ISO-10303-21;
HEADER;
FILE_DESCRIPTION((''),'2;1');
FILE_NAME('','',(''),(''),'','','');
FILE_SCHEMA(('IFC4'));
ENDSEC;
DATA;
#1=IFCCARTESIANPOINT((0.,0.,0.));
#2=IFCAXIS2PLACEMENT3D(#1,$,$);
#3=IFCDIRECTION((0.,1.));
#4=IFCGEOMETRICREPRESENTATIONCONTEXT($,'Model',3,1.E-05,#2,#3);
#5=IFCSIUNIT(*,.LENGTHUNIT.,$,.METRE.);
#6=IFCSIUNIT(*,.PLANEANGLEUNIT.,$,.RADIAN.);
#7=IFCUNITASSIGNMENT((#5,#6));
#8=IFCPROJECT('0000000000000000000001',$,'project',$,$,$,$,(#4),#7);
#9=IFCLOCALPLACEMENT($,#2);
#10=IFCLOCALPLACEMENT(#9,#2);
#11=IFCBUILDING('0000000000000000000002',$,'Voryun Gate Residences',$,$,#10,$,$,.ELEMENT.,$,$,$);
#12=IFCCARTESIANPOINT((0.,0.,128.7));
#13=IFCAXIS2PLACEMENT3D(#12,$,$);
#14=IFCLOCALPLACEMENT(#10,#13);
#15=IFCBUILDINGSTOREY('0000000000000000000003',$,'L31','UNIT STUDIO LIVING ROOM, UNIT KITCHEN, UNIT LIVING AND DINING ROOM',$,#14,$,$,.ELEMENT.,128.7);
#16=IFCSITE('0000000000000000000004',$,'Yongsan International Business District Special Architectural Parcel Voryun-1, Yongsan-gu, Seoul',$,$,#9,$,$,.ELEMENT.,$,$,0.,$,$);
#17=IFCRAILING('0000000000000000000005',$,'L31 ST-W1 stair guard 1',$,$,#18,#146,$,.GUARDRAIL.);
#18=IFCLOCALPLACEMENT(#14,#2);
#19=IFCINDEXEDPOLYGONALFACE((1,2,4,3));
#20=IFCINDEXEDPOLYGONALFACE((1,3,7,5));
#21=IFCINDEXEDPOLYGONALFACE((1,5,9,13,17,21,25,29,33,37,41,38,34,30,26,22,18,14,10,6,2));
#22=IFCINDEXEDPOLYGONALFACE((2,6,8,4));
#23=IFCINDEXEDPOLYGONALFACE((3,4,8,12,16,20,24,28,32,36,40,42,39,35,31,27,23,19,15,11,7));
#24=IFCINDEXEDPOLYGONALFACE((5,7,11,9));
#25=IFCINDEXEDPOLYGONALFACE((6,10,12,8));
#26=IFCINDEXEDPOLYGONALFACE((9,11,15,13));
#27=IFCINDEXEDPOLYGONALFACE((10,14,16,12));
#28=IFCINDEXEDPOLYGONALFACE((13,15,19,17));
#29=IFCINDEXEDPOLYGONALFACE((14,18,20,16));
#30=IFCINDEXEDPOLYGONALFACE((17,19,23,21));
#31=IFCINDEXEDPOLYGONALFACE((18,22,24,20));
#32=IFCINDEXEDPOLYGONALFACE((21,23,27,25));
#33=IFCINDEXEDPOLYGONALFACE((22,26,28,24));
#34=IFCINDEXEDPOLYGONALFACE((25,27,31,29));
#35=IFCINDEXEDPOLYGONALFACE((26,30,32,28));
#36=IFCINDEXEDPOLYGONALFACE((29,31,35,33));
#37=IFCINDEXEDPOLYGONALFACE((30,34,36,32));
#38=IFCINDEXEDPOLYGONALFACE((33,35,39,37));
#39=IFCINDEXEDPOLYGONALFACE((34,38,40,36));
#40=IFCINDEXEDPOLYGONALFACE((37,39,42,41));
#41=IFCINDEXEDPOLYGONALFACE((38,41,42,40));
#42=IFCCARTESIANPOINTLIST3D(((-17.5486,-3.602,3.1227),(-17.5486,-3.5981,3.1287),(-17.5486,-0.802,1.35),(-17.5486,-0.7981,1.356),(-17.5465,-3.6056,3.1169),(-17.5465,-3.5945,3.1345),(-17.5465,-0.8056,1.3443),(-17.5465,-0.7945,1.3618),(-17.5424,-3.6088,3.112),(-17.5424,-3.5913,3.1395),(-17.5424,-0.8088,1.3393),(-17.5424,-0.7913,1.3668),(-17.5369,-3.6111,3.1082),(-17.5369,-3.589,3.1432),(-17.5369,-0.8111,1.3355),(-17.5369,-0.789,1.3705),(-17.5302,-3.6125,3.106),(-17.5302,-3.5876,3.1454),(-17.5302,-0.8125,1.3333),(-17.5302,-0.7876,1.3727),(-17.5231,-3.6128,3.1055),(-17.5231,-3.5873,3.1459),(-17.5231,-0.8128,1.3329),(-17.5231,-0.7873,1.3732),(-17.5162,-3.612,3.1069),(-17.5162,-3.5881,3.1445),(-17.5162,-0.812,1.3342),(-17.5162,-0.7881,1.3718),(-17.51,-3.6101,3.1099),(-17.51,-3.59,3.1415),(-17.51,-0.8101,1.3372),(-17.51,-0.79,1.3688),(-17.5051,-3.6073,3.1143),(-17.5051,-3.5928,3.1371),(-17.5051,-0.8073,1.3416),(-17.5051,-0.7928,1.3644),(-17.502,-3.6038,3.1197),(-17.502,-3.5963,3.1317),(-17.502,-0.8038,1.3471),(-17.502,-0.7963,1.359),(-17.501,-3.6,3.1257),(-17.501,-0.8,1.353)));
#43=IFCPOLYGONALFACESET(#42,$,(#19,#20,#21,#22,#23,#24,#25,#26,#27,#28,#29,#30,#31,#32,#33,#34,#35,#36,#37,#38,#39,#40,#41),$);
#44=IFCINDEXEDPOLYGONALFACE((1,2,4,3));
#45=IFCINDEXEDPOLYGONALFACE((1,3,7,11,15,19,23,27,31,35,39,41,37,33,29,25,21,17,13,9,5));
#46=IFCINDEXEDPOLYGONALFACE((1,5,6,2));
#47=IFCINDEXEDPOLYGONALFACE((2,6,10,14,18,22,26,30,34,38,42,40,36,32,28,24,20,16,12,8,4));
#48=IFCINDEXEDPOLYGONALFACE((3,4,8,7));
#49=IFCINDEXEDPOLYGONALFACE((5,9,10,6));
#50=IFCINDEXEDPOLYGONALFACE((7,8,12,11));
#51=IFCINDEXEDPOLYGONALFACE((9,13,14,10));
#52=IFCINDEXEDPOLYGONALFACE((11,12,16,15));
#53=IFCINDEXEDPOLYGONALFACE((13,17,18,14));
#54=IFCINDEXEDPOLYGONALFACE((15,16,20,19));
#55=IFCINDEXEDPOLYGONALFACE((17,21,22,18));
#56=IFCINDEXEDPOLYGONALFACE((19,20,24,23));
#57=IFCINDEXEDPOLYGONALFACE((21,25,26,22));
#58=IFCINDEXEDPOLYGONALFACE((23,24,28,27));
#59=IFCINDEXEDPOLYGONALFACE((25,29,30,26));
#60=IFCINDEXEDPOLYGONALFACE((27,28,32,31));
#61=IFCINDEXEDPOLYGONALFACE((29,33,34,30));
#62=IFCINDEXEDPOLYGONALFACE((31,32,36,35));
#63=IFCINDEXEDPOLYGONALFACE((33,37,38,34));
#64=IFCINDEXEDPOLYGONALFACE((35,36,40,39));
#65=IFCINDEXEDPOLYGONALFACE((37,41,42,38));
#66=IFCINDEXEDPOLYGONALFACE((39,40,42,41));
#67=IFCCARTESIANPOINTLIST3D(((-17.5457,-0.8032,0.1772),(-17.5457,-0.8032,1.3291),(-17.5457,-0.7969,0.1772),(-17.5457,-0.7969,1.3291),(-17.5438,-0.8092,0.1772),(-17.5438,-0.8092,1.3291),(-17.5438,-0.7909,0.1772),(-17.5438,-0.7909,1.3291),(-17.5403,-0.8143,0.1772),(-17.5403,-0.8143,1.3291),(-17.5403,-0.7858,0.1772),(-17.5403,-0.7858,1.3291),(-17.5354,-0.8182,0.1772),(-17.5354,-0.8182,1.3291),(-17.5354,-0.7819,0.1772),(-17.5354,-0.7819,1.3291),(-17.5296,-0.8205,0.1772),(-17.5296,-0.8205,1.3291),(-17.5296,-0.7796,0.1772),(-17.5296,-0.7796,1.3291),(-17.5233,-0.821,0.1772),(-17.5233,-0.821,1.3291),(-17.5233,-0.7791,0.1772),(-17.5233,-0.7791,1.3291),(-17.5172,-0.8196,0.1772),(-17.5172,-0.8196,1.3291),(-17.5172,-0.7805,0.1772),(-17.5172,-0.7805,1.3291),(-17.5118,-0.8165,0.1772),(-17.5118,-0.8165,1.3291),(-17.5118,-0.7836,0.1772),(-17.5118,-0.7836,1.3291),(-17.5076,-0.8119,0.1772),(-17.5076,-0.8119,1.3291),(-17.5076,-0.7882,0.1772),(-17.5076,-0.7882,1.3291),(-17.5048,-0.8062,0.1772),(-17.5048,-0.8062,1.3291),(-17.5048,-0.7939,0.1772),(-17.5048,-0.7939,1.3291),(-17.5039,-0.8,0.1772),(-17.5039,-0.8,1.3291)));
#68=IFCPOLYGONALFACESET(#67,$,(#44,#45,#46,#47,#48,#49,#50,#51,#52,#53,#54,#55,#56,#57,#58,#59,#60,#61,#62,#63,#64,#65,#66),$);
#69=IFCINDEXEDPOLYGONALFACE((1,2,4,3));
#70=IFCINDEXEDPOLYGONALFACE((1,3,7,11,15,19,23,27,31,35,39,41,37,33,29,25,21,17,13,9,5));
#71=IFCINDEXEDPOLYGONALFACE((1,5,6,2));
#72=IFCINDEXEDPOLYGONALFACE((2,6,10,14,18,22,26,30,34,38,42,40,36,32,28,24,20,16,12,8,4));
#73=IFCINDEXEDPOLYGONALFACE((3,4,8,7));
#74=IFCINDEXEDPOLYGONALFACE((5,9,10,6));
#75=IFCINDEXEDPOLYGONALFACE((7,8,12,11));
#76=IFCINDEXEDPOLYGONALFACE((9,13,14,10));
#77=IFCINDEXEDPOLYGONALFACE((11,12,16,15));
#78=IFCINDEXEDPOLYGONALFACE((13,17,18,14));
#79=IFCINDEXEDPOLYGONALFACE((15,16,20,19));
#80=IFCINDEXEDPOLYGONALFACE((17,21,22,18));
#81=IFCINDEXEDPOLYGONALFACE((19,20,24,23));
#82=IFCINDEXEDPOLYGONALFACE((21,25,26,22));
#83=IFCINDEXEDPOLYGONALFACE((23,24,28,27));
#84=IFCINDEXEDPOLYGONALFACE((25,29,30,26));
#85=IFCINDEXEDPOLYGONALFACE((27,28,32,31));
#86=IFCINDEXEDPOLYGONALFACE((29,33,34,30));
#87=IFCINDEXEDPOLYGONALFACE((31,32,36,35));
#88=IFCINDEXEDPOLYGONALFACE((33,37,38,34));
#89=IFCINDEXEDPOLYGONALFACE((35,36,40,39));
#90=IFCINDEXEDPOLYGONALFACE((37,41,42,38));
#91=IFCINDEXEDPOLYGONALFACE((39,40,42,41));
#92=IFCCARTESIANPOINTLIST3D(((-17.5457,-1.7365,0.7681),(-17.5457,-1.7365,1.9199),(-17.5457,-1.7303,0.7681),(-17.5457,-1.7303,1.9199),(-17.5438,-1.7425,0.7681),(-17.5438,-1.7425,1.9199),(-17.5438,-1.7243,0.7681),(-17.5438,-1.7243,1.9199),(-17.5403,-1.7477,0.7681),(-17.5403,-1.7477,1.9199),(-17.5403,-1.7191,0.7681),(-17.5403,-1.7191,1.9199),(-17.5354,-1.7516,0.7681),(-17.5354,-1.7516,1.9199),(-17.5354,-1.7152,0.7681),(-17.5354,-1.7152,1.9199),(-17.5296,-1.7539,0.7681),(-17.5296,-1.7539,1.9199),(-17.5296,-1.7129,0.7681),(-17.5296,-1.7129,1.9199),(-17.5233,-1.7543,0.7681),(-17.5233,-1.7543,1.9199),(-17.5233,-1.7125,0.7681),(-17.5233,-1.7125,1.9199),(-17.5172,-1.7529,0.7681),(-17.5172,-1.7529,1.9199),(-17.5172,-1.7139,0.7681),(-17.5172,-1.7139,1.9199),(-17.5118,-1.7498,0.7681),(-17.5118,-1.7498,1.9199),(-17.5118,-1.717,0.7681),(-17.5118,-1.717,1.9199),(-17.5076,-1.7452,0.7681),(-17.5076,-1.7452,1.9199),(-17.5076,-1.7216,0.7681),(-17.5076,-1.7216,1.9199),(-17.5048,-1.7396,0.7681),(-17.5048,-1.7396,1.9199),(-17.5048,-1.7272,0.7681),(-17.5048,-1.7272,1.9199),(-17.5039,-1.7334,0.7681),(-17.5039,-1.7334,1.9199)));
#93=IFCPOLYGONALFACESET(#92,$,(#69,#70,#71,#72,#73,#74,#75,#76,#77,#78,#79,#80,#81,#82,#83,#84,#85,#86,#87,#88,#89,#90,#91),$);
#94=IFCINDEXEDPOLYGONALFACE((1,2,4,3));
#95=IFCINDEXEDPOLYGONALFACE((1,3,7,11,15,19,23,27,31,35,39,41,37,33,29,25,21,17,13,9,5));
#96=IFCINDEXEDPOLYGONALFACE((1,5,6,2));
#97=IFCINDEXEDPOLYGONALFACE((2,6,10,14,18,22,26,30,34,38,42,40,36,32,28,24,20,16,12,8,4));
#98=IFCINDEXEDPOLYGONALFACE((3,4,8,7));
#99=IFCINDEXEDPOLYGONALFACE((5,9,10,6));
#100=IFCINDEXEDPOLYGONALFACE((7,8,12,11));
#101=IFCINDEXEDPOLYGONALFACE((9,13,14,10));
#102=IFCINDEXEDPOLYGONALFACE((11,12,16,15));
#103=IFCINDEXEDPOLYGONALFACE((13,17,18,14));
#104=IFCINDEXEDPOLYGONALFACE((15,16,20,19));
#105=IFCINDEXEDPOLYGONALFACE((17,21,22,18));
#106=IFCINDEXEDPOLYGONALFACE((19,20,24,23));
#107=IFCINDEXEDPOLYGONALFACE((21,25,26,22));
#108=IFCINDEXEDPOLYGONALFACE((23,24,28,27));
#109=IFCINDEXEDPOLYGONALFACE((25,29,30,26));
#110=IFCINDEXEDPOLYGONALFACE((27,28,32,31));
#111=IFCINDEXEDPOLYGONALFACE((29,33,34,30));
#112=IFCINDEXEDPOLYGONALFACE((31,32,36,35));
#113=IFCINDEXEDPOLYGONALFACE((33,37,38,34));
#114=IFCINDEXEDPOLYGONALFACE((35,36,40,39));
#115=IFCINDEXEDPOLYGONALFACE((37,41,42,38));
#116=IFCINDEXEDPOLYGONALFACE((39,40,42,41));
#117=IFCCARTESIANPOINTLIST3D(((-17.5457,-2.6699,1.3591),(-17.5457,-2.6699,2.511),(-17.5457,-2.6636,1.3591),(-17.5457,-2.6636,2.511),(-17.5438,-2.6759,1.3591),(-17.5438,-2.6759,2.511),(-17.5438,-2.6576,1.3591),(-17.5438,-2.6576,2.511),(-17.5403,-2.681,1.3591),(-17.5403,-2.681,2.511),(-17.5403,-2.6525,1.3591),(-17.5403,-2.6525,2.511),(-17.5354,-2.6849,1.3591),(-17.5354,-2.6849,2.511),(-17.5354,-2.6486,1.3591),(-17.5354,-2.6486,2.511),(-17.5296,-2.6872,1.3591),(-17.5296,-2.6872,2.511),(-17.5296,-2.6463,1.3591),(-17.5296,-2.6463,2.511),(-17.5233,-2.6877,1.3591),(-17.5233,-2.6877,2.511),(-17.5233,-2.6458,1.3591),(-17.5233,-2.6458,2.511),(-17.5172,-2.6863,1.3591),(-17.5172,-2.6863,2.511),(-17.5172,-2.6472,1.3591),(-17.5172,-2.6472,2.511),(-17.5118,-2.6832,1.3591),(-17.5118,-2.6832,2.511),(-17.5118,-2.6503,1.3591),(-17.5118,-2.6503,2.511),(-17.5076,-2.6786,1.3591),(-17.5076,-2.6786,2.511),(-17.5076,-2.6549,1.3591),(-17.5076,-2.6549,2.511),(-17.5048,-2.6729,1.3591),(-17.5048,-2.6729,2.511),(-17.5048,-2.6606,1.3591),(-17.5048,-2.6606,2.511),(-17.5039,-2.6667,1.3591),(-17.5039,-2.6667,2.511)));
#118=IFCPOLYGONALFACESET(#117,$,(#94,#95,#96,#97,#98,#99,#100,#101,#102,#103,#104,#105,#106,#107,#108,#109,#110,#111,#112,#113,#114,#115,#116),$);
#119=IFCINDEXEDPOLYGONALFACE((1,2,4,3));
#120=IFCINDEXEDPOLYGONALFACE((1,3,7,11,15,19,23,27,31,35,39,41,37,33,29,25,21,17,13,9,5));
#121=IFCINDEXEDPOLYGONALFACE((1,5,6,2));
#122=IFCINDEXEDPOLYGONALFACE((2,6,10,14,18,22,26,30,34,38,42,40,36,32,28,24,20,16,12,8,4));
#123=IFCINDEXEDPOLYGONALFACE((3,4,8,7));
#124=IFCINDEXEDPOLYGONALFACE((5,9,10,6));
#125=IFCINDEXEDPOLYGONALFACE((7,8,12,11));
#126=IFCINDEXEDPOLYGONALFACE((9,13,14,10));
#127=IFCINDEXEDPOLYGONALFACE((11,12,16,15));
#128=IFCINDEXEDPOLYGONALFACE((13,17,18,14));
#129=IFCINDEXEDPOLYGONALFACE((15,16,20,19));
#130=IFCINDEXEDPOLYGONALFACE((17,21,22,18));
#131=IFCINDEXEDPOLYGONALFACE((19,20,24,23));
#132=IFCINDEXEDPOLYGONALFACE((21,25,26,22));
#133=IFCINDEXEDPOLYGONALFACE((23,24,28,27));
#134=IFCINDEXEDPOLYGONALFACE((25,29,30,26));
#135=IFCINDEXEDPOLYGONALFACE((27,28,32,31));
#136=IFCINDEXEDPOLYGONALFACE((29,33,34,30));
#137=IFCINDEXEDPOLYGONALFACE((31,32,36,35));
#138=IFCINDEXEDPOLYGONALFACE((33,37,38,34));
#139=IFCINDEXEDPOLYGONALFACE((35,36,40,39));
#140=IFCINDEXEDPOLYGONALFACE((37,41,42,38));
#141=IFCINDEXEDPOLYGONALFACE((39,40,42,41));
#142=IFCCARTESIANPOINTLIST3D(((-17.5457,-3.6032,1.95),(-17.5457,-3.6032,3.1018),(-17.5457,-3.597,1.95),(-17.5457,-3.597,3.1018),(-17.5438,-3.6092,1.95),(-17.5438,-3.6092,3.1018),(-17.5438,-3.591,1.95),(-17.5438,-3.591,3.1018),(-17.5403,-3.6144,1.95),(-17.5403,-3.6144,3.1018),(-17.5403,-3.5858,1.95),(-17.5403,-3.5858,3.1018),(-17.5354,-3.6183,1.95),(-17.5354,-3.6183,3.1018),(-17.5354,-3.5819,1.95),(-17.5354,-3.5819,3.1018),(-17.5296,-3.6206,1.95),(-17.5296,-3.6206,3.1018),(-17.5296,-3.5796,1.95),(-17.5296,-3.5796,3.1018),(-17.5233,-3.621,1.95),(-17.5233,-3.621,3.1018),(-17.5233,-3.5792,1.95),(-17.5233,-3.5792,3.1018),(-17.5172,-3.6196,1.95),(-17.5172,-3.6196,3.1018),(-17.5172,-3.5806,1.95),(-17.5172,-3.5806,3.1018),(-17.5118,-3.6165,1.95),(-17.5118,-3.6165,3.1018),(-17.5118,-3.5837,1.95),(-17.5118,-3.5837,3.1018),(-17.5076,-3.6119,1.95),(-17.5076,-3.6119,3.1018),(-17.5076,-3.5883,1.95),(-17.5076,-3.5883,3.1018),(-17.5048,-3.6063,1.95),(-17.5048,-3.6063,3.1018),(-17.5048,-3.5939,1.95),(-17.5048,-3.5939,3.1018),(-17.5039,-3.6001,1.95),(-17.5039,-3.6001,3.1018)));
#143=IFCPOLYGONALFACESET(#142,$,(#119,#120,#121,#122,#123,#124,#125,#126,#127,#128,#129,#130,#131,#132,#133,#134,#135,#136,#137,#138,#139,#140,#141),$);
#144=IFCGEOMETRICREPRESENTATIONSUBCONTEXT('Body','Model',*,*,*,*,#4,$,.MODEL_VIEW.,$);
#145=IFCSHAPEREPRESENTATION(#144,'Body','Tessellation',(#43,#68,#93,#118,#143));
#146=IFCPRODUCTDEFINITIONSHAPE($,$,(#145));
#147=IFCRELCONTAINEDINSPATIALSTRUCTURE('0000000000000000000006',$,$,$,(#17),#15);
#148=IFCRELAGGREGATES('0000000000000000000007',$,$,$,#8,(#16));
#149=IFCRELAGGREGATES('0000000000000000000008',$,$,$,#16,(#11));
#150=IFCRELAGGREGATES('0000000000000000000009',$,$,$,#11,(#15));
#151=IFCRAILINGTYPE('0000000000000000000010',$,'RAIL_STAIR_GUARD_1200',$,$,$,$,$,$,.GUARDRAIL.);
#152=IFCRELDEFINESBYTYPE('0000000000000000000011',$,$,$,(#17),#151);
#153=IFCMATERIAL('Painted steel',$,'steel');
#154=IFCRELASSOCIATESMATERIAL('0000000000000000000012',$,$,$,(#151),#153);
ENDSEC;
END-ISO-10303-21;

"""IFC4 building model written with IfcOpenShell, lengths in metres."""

from ifc_helpers import new_model, si_unit, direction, frame, origin, origin_2d, place, context, subcontext, project, spatial, circle, extrude, material, type_object, element, save


model = new_model("IFC4")

# Units and contexts
model_context = context("Model", 3, precision=1e-05, world=origin(), true_north=direction((0.0, 1.0)))
body_context = subcontext(model_context, "Body", "Model", "MODEL_VIEW")
ifc_project = project(units=[si_unit("LENGTHUNIT", "METRE"), si_unit("PLANEANGLEUNIT", "RADIAN")], contexts=[model_context])

# Site, building, storey
site_placement = place(None, origin())
site = spatial("IfcSite", under=ifc_project, at=site_placement, Name="Yongsan International Business District Special Architectural Parcel Voryun-1, Yongsan-gu, Seoul", CompositionType="ELEMENT", RefElevation=0.0)
building_placement = place(site_placement, origin())
building = spatial("IfcBuilding", under=site, at=building_placement, Name="Voryun Gate Residences", CompositionType="ELEMENT")
storey_placement = place(building_placement, frame((0.0, 0.0, 128.7)))
storey = spatial("IfcBuildingStorey", under=building, at=storey_placement, Name="L31", Description="UNIT STUDIO LIVING ROOM, UNIT KITCHEN, UNIT LIVING AND DINING ROOM", CompositionType="ELEMENT", Elevation=128.7)

# Railing
ifc_material_1 = material(Name="Painted steel", Category="steel")
railing_type_1 = type_object("IfcRailingType", Name="RAIL_STAIR_GUARD_1200", PredefinedType="GUARDRAIL", material=ifc_material_1)
railing_1_placement = place(storey_placement, frame((-17.5249, -0.8, 0.1772)))
element("IfcRailing", 1, at=railing_1_placement, inside=storey, type_object=railing_type_1, Name="L31 ST-W1 stair guard 1", PredefinedType="GUARDRAIL", context=body_context, shape_type="SweptSolid", body=[
    extrude(circle(Radius=0.0239, at=origin_2d()), frame((0.0, 0.0, 1.1758), z_axis=(0.0, -0.844909, 0.53491), x_axis=(1.0, 0.0, 0.0)), (0.0, 0.0, 1.0), 3.314),
    extrude(circle(Radius=0.021, at=origin_2d()), origin(), (0.0, 0.0, 1.0), 1.1519),
    extrude(circle(Radius=0.021, at=origin_2d()), frame((0.0, -0.9333, 0.5908)), (0.0, 0.0, 1.0), 1.1519),
    extrude(circle(Radius=0.021, at=origin_2d()), frame((0.0, -1.8667, 1.1819)), (0.0, 0.0, 1.0), 1.1519),
    extrude(circle(Radius=0.021, at=origin_2d()), frame((0.0, -2.8, 1.7727)), (0.0, 0.0, 1.0), 1.1519),
])

save(model, "model.ifc")
